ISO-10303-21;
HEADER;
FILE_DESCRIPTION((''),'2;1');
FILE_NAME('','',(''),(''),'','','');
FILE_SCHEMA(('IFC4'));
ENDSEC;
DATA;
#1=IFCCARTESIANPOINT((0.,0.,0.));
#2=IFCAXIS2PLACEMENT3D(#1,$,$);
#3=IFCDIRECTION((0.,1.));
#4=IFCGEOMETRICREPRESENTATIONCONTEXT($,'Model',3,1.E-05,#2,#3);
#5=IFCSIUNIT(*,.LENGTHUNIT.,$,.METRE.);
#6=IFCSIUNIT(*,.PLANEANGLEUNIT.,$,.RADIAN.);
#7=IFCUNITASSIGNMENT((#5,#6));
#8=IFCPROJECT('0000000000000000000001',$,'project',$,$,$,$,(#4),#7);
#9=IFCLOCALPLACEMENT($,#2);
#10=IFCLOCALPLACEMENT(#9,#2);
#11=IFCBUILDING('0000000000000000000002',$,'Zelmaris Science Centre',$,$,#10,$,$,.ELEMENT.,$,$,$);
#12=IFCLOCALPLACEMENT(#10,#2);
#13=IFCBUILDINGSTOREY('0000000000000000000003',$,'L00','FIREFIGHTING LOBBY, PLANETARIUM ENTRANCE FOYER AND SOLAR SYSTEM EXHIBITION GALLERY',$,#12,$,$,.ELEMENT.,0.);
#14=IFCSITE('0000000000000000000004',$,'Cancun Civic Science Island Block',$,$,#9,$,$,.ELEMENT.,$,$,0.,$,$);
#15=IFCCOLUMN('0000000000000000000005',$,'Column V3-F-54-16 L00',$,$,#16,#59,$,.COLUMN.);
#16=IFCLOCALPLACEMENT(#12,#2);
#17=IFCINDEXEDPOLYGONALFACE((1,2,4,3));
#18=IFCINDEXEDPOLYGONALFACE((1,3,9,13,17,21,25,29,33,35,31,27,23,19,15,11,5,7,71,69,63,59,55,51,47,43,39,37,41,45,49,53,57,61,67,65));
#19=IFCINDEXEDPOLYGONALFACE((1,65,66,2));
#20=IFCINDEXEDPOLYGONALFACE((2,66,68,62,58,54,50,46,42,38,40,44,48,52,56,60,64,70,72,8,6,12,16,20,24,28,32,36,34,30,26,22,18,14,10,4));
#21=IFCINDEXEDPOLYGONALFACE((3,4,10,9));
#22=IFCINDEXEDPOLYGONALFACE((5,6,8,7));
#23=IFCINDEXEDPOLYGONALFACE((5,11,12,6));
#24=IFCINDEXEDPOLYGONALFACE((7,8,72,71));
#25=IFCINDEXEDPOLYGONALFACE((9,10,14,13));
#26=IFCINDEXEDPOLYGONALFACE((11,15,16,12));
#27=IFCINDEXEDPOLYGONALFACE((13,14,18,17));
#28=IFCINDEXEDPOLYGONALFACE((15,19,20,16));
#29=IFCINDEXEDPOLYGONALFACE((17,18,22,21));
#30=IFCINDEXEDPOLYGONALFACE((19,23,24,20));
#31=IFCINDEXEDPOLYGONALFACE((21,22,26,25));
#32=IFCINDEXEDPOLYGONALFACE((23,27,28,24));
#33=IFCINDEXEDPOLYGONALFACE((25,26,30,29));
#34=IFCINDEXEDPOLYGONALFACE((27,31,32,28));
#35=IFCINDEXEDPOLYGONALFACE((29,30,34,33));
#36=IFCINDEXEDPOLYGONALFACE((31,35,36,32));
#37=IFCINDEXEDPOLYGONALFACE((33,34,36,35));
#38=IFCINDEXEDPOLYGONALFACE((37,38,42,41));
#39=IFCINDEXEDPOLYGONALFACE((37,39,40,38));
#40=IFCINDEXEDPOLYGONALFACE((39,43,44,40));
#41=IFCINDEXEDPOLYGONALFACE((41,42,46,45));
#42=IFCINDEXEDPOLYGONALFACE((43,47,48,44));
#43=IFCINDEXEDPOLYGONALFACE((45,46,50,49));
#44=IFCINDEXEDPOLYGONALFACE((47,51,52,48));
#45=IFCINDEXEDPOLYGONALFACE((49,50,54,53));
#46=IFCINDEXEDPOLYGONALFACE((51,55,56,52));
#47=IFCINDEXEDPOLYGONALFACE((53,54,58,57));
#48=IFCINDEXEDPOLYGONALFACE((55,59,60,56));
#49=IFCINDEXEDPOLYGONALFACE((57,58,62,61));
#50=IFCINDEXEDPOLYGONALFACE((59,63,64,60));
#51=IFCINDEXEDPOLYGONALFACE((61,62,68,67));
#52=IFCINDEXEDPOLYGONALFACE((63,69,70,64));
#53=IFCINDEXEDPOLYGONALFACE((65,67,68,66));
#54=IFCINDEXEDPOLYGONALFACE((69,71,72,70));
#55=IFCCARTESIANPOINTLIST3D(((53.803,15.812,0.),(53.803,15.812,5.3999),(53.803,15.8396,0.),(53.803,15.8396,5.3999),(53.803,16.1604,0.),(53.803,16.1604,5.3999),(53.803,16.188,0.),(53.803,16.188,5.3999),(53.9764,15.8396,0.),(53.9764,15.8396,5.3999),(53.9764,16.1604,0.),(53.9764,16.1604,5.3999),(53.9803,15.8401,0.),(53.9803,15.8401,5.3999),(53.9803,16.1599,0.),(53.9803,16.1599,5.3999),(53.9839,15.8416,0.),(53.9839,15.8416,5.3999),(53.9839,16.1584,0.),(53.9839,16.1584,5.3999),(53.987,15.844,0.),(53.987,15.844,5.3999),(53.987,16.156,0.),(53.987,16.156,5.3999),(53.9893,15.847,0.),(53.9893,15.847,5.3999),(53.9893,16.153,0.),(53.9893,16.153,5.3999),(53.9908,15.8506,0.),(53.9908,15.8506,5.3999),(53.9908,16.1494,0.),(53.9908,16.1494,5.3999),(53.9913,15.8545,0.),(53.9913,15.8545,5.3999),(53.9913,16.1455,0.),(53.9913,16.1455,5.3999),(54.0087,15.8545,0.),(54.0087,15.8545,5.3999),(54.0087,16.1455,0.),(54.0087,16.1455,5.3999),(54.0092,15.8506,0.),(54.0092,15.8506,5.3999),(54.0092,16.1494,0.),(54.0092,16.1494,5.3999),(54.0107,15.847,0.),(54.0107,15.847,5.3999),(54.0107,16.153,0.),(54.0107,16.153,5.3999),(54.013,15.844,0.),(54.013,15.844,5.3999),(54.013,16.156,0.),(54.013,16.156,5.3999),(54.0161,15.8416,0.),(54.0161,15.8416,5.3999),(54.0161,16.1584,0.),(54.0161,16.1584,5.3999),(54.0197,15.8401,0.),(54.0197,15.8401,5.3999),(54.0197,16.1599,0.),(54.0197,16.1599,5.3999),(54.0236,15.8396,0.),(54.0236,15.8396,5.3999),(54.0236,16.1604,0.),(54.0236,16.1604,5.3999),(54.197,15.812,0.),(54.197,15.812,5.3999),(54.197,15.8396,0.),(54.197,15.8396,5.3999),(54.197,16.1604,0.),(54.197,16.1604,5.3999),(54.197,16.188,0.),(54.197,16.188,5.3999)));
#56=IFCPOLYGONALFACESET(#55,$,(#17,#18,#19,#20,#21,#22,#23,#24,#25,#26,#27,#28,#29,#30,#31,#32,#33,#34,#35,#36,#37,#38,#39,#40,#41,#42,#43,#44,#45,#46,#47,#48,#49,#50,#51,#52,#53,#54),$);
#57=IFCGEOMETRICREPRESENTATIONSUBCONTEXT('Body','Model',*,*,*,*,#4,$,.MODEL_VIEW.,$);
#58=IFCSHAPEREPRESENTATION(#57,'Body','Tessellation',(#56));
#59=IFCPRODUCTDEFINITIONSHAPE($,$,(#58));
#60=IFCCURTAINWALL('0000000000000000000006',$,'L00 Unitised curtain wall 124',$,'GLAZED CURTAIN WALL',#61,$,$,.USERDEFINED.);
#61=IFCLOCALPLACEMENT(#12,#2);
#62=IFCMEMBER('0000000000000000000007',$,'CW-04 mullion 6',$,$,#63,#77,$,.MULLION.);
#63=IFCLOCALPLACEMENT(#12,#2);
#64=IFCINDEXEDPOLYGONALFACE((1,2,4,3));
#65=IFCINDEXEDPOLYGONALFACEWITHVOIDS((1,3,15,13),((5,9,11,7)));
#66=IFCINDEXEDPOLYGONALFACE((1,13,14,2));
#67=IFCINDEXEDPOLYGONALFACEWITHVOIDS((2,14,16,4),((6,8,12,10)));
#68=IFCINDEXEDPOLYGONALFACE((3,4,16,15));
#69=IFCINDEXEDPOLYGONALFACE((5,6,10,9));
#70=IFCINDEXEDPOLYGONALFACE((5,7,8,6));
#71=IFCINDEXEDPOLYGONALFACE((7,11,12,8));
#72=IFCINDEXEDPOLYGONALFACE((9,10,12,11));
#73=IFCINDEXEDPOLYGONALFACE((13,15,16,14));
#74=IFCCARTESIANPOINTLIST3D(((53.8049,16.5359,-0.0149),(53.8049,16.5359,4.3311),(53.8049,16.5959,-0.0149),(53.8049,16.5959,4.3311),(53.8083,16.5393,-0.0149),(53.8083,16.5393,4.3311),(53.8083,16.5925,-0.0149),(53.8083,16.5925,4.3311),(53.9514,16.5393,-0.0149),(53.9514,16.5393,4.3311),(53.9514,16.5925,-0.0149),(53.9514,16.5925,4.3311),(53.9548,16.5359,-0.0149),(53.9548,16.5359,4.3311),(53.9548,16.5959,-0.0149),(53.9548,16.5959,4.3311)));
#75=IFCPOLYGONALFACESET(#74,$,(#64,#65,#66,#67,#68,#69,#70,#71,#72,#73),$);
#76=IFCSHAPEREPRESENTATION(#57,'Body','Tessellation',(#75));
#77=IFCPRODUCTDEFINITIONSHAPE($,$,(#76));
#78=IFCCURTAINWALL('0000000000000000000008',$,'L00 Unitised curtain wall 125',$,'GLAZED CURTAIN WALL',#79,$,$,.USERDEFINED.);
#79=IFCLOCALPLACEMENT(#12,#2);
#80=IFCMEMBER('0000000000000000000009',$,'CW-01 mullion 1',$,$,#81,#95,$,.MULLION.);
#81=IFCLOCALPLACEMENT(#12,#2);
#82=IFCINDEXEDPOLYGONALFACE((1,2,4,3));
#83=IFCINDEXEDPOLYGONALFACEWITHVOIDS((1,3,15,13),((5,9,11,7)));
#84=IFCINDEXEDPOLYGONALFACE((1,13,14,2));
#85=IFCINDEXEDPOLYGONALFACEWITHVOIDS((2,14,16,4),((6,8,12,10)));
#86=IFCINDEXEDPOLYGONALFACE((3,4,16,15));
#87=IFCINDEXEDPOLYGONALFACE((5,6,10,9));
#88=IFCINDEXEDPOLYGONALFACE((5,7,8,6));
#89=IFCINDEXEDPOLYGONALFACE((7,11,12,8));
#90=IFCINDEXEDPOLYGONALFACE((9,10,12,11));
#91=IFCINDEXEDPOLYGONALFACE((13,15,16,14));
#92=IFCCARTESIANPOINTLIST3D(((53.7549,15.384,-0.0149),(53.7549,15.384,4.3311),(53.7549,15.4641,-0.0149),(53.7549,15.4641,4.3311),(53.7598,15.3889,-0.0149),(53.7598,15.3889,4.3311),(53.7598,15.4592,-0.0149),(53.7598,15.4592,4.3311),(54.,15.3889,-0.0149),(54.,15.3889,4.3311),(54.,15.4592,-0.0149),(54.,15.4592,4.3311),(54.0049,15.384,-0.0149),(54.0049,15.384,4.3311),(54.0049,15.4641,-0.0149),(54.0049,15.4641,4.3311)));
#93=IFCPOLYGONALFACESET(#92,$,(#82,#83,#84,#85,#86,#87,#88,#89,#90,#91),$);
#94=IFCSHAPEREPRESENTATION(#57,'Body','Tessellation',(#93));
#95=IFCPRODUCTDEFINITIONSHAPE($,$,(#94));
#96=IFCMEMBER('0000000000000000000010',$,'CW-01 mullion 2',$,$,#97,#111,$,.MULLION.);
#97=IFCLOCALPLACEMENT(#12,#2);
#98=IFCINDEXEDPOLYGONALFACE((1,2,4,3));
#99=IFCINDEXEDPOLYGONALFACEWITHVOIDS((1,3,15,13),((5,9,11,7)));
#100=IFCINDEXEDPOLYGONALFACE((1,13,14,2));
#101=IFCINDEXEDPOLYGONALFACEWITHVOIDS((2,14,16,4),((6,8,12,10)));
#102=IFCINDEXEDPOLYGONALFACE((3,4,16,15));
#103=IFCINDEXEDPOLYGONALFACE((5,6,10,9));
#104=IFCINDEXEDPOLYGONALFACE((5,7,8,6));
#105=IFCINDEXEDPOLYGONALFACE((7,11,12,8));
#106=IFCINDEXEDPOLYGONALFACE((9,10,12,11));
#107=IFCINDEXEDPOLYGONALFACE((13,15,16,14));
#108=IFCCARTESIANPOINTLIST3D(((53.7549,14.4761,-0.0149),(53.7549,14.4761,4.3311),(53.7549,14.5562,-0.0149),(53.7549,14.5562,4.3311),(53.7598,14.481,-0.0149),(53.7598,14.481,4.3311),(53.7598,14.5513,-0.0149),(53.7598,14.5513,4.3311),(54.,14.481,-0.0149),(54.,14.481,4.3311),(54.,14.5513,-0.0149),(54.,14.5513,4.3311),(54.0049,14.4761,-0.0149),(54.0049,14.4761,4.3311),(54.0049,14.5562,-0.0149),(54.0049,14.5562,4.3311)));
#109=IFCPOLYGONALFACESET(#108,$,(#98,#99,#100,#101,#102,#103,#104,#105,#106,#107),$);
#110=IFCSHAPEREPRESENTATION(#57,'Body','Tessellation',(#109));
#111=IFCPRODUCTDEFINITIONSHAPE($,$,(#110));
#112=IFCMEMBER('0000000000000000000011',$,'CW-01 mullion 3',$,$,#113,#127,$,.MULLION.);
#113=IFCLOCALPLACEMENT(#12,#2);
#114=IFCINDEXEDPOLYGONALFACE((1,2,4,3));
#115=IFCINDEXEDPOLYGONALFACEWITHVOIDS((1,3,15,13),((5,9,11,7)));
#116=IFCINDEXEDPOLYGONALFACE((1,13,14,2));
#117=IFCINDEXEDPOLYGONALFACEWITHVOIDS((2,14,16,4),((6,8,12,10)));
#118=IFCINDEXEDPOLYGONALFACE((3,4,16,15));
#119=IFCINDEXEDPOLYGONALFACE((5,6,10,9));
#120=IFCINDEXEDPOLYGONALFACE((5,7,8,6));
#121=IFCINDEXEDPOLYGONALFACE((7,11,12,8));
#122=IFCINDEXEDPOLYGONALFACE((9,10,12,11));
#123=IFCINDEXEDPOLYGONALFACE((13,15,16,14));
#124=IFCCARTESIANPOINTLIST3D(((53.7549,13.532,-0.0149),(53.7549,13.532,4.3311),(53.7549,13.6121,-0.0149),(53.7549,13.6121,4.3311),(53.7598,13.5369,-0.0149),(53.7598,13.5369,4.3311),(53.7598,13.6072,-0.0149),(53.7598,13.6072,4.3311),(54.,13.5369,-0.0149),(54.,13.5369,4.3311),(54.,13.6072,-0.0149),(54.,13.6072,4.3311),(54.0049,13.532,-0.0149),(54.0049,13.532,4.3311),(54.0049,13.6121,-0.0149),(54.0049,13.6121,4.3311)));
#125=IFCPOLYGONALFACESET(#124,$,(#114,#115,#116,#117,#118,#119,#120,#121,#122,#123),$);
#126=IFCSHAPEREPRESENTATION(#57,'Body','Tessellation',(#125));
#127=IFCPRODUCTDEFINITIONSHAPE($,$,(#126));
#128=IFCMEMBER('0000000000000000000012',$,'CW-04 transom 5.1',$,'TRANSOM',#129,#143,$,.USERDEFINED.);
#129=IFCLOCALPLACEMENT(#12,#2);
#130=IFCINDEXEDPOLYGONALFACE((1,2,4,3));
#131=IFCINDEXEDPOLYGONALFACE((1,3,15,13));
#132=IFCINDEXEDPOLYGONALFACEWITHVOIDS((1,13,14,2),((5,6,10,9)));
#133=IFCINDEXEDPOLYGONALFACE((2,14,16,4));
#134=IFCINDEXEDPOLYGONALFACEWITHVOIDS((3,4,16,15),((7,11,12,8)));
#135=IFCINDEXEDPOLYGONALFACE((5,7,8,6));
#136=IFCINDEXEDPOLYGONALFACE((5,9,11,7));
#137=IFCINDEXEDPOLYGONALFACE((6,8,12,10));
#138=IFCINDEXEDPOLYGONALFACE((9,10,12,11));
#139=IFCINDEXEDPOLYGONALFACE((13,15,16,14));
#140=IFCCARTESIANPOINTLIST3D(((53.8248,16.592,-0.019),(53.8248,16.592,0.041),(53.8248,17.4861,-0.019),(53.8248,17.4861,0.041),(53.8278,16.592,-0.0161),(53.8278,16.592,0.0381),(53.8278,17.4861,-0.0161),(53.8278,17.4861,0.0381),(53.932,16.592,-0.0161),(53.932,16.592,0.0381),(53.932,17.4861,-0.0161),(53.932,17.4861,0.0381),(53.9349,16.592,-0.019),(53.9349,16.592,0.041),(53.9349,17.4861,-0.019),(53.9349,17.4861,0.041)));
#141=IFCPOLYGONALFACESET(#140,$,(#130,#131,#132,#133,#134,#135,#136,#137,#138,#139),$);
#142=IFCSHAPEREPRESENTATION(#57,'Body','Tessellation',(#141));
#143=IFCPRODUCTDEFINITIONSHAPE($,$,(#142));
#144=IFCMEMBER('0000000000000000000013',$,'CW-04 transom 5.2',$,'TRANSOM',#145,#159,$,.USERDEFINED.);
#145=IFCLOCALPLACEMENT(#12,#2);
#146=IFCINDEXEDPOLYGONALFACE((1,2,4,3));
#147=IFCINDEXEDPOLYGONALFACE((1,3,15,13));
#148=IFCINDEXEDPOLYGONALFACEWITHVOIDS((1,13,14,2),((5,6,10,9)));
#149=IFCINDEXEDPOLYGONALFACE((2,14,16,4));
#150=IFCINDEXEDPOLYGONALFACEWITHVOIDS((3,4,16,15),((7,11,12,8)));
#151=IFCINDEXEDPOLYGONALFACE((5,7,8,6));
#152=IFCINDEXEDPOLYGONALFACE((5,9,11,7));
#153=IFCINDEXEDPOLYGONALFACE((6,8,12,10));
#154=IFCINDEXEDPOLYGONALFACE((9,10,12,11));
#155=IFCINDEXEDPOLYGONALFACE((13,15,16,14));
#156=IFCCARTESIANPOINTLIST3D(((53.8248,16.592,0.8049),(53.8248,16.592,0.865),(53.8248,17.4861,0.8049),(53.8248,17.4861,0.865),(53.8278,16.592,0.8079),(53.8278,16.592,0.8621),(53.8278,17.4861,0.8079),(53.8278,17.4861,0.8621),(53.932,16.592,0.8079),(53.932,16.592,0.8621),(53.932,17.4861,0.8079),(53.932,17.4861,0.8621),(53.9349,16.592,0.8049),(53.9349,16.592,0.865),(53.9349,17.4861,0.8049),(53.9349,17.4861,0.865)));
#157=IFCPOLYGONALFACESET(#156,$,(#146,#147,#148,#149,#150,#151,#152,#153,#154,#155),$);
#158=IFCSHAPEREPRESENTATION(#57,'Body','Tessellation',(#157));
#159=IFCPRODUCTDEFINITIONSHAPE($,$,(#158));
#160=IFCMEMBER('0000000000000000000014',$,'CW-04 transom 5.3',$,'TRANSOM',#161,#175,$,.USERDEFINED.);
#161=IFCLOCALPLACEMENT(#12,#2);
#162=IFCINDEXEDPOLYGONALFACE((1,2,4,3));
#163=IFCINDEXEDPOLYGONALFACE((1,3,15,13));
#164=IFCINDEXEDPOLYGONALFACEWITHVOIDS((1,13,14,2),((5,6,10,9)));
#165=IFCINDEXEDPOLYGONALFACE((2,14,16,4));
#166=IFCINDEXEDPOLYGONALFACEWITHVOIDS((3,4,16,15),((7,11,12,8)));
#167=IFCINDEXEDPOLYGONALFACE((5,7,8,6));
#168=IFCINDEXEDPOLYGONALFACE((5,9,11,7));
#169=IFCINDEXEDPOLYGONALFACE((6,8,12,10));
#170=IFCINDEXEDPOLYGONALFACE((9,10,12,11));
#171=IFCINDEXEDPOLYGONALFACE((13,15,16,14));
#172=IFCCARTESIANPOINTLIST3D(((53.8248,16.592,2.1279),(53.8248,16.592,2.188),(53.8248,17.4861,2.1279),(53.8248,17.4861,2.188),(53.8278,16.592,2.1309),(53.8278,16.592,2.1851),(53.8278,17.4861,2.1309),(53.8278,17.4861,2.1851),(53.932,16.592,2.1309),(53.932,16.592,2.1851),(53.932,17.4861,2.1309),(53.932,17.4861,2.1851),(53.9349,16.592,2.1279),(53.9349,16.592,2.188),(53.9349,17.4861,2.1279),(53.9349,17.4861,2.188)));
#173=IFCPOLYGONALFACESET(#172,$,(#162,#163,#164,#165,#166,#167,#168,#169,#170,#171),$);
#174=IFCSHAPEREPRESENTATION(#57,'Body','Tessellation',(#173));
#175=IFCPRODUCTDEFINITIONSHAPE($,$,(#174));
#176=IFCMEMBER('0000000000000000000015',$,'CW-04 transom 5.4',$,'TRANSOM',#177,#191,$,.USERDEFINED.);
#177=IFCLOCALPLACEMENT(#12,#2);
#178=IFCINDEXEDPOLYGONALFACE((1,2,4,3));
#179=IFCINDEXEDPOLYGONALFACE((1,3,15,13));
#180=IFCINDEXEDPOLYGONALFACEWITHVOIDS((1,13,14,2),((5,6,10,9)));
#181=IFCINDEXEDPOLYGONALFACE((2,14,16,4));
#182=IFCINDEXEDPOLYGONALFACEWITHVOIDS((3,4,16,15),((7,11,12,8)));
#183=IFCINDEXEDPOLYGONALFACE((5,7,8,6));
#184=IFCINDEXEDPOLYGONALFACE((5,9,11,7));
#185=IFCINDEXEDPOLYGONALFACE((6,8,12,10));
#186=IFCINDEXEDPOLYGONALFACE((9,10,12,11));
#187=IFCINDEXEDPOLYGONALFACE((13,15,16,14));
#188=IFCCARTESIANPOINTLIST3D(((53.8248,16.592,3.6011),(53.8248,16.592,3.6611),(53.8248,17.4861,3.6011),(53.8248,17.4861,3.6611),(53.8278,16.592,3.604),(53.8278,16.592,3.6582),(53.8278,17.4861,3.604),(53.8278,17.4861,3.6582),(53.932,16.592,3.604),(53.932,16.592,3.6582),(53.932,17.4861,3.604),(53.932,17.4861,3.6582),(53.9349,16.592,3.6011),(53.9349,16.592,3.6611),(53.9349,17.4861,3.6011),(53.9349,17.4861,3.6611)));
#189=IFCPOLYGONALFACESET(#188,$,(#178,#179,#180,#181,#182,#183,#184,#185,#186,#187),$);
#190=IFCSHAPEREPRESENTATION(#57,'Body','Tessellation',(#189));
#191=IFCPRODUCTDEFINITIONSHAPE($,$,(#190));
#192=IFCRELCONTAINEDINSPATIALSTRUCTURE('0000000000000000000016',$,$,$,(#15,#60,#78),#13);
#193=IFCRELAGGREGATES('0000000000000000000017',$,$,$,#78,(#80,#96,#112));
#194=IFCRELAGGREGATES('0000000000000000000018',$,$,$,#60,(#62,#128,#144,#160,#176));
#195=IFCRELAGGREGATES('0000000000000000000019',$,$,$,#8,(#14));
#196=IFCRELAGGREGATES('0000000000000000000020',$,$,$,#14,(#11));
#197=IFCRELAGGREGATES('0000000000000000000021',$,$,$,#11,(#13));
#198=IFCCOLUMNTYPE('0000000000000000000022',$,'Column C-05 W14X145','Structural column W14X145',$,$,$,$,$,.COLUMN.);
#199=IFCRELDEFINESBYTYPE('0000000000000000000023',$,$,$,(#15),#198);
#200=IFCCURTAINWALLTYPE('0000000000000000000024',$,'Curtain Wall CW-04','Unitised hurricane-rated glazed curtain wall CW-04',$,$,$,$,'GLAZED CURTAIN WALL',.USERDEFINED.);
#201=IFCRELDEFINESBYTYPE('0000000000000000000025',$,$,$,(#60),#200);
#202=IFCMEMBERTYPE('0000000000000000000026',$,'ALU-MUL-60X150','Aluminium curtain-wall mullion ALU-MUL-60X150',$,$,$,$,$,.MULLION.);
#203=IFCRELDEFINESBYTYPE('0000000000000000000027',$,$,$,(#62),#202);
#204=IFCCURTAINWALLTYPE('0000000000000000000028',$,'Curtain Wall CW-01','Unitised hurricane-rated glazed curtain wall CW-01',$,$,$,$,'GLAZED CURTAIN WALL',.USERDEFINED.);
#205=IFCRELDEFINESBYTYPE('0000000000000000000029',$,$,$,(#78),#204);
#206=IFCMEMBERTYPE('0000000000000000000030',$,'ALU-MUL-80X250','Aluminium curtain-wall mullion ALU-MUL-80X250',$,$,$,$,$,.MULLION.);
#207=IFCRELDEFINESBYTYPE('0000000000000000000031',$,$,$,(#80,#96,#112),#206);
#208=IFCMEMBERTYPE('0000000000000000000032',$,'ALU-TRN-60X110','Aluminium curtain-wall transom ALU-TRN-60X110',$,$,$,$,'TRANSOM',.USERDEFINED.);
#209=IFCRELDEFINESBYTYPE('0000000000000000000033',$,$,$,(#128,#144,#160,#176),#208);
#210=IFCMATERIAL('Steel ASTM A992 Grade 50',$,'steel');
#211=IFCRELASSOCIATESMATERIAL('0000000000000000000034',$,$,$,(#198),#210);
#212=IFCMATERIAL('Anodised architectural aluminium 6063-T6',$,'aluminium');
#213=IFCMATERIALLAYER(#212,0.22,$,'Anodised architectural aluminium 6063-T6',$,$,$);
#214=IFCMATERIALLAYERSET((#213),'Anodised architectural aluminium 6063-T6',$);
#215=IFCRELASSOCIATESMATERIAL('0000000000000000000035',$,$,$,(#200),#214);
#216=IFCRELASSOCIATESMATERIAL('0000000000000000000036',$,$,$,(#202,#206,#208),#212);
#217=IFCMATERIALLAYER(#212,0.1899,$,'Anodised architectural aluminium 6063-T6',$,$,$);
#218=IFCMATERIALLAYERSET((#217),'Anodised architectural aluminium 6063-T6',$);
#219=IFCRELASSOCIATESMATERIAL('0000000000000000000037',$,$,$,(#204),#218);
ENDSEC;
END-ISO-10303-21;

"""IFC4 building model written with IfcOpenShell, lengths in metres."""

from ifc_helpers import new_model, si_unit, direction, frame, origin, origin_2d, place, context, subcontext, project, spatial, hollow_rectangle, i_section, extrude, material, layer, layer_set, material_profile, profile_set, type_object, element, aggregate, save


model = new_model("IFC4")

# Units and contexts
model_context = context("Model", 3, precision=1e-05, world=origin(), true_north=direction((0.0, 1.0)))
body_context = subcontext(model_context, "Body", "Model", "MODEL_VIEW")
ifc_project = project(units=[si_unit("LENGTHUNIT", "METRE"), si_unit("PLANEANGLEUNIT", "RADIAN")], contexts=[model_context])

# Site, building, storey
site_placement = place(None, origin())
site = spatial("IfcSite", under=ifc_project, at=site_placement, Name="Cancun Civic Science Island Block", CompositionType="ELEMENT", RefElevation=0.0)
building_placement = place(site_placement, origin())
building = spatial("IfcBuilding", under=site, at=building_placement, Name="Zelmaris Science Centre", CompositionType="ELEMENT")
storey_placement = place(building_placement, origin())
storey = spatial("IfcBuildingStorey", under=building, at=storey_placement, Name="L00", Description="FIREFIGHTING LOBBY, PLANETARIUM ENTRANCE FOYER AND SOLAR SYSTEM EXHIBITION GALLERY", CompositionType="ELEMENT", Elevation=0.0)

# Column
ifc_material_1 = material(Name="Steel ASTM A992 Grade 50", Category="steel")
ifc_material_profile_1 = material_profile(ifc_material_1, i_section(OverallWidth=0.394, OverallDepth=0.376, WebThickness=0.0173, FlangeThickness=0.0276, FilletRadius=0.0149, at=origin_2d()), Name="W14X145")
ifc_profile_set_1 = profile_set([ifc_material_profile_1], Name="Steel ASTM A992 Grade 50")
column_type = type_object("IfcColumnType", Name="Column C-05 W14X145", Description="Structural column W14X145", PredefinedType="COLUMN", material=ifc_profile_set_1)
column_placement = place(storey_placement, frame((54.0, 16.0, 0.0), z_axis=(0.0, 0.0, 1.0), x_axis=(1.0, 0.0, 0.0)))
element("IfcColumn", 1, at=column_placement, inside=storey, type_object=column_type, Name="Column V3-F-54-16 L00", PredefinedType="COLUMN", context=body_context, shape_type="SweptSolid", body=[
    extrude(i_section(OverallWidth=0.394, OverallDepth=0.376, WebThickness=0.0173, FlangeThickness=0.0276, FilletRadius=0.0149, at=origin_2d()), origin(), (0.0, 0.0, 1.0), 5.3999),
])

# Curtain wall, member
ifc_material_2 = material(Name="Anodised architectural aluminium 6063-T6", Category="aluminium")
ifc_layer_1 = layer(ifc_material_2, 0.22, Name="Anodised architectural aluminium 6063-T6")
ifc_layer_set_1 = layer_set([ifc_layer_1], Name="Anodised architectural aluminium 6063-T6")
curtain_wall_type_1 = type_object("IfcCurtainWallType", Name="Curtain Wall CW-04", Description="Unitised hurricane-rated glazed curtain wall CW-04", ElementType="GLAZED CURTAIN WALL", PredefinedType="USERDEFINED", material=ifc_layer_set_1)
curtain_wall_1_placement = place(storey_placement, origin())
curtain_wall_1 = element("IfcCurtainWall", 2, at=curtain_wall_1_placement, inside=storey, type_object=curtain_wall_type_1, Name="L00 Unitised curtain wall 124", ObjectType="GLAZED CURTAIN WALL", PredefinedType="USERDEFINED")
ifc_material_profile_2 = material_profile(ifc_material_2, hollow_rectangle(XDim=0.0601, YDim=0.1499, WallThickness=0.0034, at=origin_2d()), Name="ALU-MUL-60X150")
ifc_profile_set_2 = profile_set([ifc_material_profile_2], Name="Anodised architectural aluminium 6063-T6")
member_type_1 = type_object("IfcMemberType", Name="ALU-MUL-60X150", Description="Aluminium curtain-wall mullion ALU-MUL-60X150", PredefinedType="MULLION", material=ifc_profile_set_2)
member_1_placement = place(storey_placement, frame((53.8799, 16.5659, -0.0149), z_axis=(0.0, 0.0, 1.0), x_axis=(-0.000005, -1.0, 0.0)))
member_1 = element("IfcMember", 3, at=member_1_placement, type_object=member_type_1, Name="CW-04 mullion 6", PredefinedType="MULLION", context=body_context, shape_type="SweptSolid", body=[
    extrude(hollow_rectangle(XDim=0.0601, YDim=0.1499, WallThickness=0.0034, at=origin_2d()), origin(), (0.0, 0.0, 1.0), 4.3459),
])

# Curtain wall, members
ifc_layer_2 = layer(ifc_material_2, 0.1899, Name="Anodised architectural aluminium 6063-T6")
ifc_layer_set_2 = layer_set([ifc_layer_2], Name="Anodised architectural aluminium 6063-T6")
curtain_wall_type_2 = type_object("IfcCurtainWallType", Name="Curtain Wall CW-01", Description="Unitised hurricane-rated glazed curtain wall CW-01", ElementType="GLAZED CURTAIN WALL", PredefinedType="USERDEFINED", material=ifc_layer_set_2)
curtain_wall_2_placement = place(storey_placement, origin())
curtain_wall_2 = element("IfcCurtainWall", 4, at=curtain_wall_2_placement, inside=storey, type_object=curtain_wall_type_2, Name="L00 Unitised curtain wall 125", ObjectType="GLAZED CURTAIN WALL", PredefinedType="USERDEFINED")
ifc_material_profile_3 = material_profile(ifc_material_2, hollow_rectangle(XDim=0.0801, YDim=0.25, WallThickness=0.0049, at=origin_2d()), Name="ALU-MUL-80X250")
ifc_profile_set_3 = profile_set([ifc_material_profile_3], Name="Anodised architectural aluminium 6063-T6")
member_type_2 = type_object("IfcMemberType", Name="ALU-MUL-80X250", Description="Aluminium curtain-wall mullion ALU-MUL-80X250", PredefinedType="MULLION", material=ifc_profile_set_3)
member_2_placement = place(storey_placement, frame((53.8799, 15.4241, -0.0149), z_axis=(0.0, 0.0, 1.0), x_axis=(-0.000005, -1.0, 0.0)))
member_2 = element("IfcMember", 5, at=member_2_placement, type_object=member_type_2, Name="CW-01 mullion 1", PredefinedType="MULLION", context=body_context, shape_type="SweptSolid", body=[
    extrude(hollow_rectangle(XDim=0.0801, YDim=0.25, WallThickness=0.0049, at=origin_2d()), origin(), (0.0, 0.0, 1.0), 4.3459),
])
member_3_placement = place(storey_placement, frame((53.8799, 14.5161, -0.0149), z_axis=(0.0, 0.0, 1.0), x_axis=(-0.000005, -1.0, 0.0)))
member_3 = element("IfcMember", 6, at=member_3_placement, type_object=member_type_2, Name="CW-01 mullion 2", PredefinedType="MULLION", context=body_context, shape_type="SweptSolid", body=[
    extrude(hollow_rectangle(XDim=0.0801, YDim=0.25, WallThickness=0.0049, at=origin_2d()), origin(), (0.0, 0.0, 1.0), 4.3459),
])
member_4_placement = place(storey_placement, frame((53.8799, 13.572, -0.0149), z_axis=(0.0, 0.0, 1.0), x_axis=(-0.000005, -1.0, 0.0)))
member_4 = element("IfcMember", 7, at=member_4_placement, type_object=member_type_2, Name="CW-01 mullion 3", PredefinedType="MULLION", context=body_context, shape_type="SweptSolid", body=[
    extrude(hollow_rectangle(XDim=0.0801, YDim=0.25, WallThickness=0.0049, at=origin_2d()), origin(), (0.0, 0.0, 1.0), 4.3459),
])

# Members
ifc_material_profile_4 = material_profile(ifc_material_2, hollow_rectangle(XDim=0.0601, YDim=0.1101, WallThickness=0.0029, at=origin_2d()), Name="ALU-TRN-60X110")
ifc_profile_set_4 = profile_set([ifc_material_profile_4], Name="Anodised architectural aluminium 6063-T6")
member_type_3 = type_object("IfcMemberType", Name="ALU-TRN-60X110", Description="Aluminium curtain-wall transom ALU-TRN-60X110", ElementType="TRANSOM", PredefinedType="USERDEFINED", material=ifc_profile_set_4)
member_5_placement = place(storey_placement, frame((53.8799, 17.4861, 0.011), z_axis=(0.0, -1.0, 0.0), x_axis=(0.0, 0.0, 1.0)))
member_5 = element("IfcMember", 8, at=member_5_placement, type_object=member_type_3, Name="CW-04 transom 5.1", ObjectType="TRANSOM", PredefinedType="USERDEFINED", context=body_context, shape_type="SweptSolid", body=[
    extrude(hollow_rectangle(XDim=0.0601, YDim=0.1101, WallThickness=0.0029, at=origin_2d()), origin(), (0.0, 0.0, 1.0), 0.894),
])
member_6_placement = place(storey_placement, frame((53.8799, 17.4861, 0.835), z_axis=(0.0, -1.0, 0.0), x_axis=(0.0, 0.0, 1.0)))
member_6 = element("IfcMember", 9, at=member_6_placement, type_object=member_type_3, Name="CW-04 transom 5.2", ObjectType="TRANSOM", PredefinedType="USERDEFINED", context=body_context, shape_type="SweptSolid", body=[
    extrude(hollow_rectangle(XDim=0.0601, YDim=0.1101, WallThickness=0.0029, at=origin_2d()), origin(), (0.0, 0.0, 1.0), 0.894),
])
member_7_placement = place(storey_placement, frame((53.8799, 17.4861, 2.158), z_axis=(0.0, -1.0, 0.0), x_axis=(0.0, 0.0, 1.0)))
member_7 = element("IfcMember", 10, at=member_7_placement, type_object=member_type_3, Name="CW-04 transom 5.3", ObjectType="TRANSOM", PredefinedType="USERDEFINED", context=body_context, shape_type="SweptSolid", body=[
    extrude(hollow_rectangle(XDim=0.0601, YDim=0.1101, WallThickness=0.0029, at=origin_2d()), origin(), (0.0, 0.0, 1.0), 0.894),
])
member_8_placement = place(storey_placement, frame((53.8799, 17.4861, 3.6311), z_axis=(0.0, -1.0, 0.0), x_axis=(0.0, 0.0, 1.0)))
member_8 = element("IfcMember", 11, at=member_8_placement, type_object=member_type_3, Name="CW-04 transom 5.4", ObjectType="TRANSOM", PredefinedType="USERDEFINED", context=body_context, shape_type="SweptSolid", body=[
    extrude(hollow_rectangle(XDim=0.0601, YDim=0.1101, WallThickness=0.0029, at=origin_2d()), origin(), (0.0, 0.0, 1.0), 0.894),
])

aggregate(curtain_wall_2, [member_2, member_3, member_4])
aggregate(curtain_wall_1, [member_1, member_5, member_6, member_7, member_8])

save(model, "model.ifc")
